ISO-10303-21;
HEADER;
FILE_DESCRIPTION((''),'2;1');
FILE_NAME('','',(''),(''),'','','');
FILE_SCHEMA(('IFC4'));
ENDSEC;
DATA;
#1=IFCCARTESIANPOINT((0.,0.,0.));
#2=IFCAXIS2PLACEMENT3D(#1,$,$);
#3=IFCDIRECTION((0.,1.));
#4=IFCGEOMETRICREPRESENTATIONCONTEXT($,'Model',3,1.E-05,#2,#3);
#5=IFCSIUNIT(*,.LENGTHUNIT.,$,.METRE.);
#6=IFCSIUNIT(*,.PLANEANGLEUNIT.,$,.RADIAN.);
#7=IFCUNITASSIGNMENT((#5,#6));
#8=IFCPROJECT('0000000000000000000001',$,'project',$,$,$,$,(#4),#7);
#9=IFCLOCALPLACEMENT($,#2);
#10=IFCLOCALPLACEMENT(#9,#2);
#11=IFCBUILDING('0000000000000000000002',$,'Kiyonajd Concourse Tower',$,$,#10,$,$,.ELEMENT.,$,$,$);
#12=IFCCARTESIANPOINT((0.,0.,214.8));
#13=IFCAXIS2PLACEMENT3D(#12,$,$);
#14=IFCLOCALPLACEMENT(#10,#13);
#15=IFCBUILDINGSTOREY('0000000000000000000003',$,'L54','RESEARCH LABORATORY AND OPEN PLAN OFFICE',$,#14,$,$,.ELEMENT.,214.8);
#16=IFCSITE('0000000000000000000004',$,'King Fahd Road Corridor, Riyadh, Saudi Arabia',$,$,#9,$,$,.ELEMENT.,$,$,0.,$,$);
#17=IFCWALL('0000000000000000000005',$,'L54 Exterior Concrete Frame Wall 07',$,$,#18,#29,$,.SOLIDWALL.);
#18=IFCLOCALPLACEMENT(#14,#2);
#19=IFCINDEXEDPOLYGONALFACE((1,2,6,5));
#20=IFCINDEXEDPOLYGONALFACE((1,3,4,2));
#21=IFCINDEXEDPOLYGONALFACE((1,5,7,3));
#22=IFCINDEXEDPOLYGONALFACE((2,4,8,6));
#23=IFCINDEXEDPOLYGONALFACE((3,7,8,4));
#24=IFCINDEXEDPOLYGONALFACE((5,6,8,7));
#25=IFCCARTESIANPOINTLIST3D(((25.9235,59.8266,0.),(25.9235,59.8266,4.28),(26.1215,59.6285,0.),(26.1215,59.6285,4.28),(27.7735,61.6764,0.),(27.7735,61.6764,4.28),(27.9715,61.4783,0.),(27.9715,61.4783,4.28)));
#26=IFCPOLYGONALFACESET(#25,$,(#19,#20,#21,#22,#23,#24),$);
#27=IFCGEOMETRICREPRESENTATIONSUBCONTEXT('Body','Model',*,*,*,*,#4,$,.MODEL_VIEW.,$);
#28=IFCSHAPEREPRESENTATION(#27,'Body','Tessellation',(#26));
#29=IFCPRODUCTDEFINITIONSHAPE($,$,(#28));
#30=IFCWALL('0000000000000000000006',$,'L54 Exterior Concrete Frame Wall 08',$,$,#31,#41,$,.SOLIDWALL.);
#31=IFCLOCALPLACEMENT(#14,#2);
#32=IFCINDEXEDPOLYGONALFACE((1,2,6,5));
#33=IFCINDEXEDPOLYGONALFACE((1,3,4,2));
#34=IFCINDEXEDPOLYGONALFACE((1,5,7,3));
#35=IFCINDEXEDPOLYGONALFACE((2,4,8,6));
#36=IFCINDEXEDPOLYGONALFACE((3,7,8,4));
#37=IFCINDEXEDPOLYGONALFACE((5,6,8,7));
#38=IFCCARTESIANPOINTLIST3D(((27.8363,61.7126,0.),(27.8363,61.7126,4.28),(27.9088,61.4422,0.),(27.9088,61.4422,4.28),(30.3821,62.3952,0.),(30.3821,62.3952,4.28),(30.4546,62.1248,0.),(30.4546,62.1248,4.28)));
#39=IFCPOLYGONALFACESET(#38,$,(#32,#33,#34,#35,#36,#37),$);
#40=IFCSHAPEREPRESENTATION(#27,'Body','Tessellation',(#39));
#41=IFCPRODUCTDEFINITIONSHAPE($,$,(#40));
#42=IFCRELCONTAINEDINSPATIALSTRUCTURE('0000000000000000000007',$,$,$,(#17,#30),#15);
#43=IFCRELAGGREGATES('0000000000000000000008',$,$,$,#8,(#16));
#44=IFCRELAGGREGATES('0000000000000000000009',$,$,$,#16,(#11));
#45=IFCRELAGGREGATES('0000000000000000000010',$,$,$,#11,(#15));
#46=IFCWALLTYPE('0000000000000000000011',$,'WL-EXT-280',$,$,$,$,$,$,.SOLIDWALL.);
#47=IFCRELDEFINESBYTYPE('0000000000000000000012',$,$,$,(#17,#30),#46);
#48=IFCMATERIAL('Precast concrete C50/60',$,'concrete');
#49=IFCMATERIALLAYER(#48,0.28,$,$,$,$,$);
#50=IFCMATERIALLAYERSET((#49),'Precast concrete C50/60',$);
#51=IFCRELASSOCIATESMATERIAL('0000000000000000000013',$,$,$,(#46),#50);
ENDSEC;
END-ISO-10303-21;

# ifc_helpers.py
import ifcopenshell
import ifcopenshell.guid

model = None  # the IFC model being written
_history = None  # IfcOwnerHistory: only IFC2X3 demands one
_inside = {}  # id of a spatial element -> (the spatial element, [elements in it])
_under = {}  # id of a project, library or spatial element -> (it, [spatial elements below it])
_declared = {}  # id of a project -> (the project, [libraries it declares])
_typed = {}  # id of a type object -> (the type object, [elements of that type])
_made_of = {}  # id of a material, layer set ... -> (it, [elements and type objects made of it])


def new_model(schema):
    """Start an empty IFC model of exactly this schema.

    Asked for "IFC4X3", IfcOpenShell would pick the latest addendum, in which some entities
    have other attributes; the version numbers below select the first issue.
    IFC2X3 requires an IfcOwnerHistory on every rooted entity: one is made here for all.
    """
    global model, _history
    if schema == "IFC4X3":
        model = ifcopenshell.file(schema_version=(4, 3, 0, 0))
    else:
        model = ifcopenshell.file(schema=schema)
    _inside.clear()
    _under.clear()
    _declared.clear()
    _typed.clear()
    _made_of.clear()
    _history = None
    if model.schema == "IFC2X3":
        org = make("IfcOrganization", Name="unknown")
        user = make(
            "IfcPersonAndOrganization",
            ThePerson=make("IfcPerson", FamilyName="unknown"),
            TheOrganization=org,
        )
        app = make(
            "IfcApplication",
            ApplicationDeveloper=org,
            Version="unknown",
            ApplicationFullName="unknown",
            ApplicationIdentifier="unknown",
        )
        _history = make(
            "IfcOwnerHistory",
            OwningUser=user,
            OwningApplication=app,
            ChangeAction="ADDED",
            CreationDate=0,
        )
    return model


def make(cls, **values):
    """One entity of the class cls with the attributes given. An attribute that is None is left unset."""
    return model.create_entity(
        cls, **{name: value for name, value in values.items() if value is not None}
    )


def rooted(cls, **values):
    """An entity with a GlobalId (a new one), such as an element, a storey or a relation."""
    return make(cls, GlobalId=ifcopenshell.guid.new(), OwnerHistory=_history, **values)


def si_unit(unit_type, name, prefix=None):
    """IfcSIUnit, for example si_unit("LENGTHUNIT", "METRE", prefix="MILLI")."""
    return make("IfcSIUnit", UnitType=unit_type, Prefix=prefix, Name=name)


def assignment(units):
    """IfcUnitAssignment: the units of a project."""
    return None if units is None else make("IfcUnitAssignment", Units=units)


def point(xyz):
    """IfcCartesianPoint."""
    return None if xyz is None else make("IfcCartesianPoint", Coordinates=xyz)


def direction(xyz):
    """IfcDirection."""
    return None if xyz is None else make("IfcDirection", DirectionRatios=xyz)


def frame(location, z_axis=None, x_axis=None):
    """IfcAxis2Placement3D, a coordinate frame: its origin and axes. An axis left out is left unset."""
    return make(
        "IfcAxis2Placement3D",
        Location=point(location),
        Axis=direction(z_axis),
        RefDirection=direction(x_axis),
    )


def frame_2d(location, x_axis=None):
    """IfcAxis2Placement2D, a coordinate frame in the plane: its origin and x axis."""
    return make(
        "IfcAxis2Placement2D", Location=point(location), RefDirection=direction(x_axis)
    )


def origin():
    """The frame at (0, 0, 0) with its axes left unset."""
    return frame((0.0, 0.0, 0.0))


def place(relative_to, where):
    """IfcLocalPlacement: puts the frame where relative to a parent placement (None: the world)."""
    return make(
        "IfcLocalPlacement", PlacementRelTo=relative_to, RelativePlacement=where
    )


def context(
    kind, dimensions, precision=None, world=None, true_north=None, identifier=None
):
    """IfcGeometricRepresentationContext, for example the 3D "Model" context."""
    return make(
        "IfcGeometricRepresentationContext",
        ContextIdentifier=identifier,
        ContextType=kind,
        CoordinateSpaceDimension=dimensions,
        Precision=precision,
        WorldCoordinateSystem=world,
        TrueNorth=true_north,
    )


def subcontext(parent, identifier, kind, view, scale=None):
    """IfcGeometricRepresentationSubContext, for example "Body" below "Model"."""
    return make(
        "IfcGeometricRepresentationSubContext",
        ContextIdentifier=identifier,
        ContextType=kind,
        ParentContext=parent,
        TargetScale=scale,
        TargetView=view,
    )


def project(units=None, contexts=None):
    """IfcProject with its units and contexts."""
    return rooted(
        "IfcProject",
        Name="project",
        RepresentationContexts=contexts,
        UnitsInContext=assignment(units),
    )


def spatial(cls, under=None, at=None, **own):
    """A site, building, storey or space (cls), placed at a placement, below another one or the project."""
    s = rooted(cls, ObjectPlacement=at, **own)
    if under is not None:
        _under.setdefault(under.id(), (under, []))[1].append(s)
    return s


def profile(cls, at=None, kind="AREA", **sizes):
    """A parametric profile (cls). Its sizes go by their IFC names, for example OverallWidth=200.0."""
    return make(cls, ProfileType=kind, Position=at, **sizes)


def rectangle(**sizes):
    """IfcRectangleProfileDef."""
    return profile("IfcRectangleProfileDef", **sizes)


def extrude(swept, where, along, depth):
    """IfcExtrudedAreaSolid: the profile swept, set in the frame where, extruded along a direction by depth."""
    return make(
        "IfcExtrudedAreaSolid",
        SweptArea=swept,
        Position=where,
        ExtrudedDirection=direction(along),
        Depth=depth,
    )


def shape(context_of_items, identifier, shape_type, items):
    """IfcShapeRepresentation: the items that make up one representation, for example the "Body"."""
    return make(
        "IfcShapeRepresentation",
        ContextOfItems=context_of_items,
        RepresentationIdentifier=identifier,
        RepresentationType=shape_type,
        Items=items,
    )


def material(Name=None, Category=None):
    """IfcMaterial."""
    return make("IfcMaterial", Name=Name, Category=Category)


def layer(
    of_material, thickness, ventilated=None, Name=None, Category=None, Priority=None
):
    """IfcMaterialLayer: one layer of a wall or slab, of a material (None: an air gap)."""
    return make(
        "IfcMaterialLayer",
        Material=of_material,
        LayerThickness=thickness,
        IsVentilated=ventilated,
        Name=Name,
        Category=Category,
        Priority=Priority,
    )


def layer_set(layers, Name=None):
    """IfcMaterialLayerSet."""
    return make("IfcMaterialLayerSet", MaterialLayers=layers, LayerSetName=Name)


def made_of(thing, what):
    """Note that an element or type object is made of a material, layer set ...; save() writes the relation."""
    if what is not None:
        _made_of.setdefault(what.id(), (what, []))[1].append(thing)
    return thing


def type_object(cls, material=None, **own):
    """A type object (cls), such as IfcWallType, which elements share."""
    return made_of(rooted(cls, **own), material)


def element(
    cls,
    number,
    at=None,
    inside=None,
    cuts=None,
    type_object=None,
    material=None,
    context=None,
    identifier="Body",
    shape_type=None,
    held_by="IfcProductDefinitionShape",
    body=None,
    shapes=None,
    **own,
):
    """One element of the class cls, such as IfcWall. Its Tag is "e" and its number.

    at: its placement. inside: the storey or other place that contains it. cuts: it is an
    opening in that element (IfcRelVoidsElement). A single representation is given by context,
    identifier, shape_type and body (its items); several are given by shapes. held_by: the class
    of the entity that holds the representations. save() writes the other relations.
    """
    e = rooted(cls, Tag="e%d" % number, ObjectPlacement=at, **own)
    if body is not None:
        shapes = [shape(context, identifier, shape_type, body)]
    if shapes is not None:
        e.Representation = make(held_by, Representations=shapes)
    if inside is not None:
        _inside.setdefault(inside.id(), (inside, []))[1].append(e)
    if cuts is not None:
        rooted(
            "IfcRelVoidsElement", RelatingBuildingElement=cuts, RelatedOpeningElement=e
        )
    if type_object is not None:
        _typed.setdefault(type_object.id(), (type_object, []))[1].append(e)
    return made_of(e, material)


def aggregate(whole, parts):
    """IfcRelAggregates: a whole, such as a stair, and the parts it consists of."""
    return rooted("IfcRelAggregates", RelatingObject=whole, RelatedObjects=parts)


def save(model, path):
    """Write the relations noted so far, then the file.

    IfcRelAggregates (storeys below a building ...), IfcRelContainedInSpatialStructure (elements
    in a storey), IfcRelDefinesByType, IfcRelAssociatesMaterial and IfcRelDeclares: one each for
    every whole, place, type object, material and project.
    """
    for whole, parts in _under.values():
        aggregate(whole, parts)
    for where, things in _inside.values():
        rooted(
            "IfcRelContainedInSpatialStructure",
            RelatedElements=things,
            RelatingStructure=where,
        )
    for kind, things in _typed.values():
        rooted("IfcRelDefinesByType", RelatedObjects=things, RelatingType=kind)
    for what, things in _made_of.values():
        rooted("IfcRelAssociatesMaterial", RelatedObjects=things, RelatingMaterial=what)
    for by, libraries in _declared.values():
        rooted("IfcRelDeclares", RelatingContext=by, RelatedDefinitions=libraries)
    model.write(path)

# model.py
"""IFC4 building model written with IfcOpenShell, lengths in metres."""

from ifc_helpers import new_model, si_unit, direction, frame, frame_2d, origin, place, context, subcontext, project, spatial, rectangle, extrude, material, layer, layer_set, type_object, element, save


model = new_model("IFC4")

# Units and contexts
model_context = context("Model", 3, precision=1e-05, world=origin(), true_north=direction((0.0, 1.0)))
body_context = subcontext(model_context, "Body", "Model", "MODEL_VIEW")
ifc_project = project(units=[si_unit("LENGTHUNIT", "METRE"), si_unit("PLANEANGLEUNIT", "RADIAN")], contexts=[model_context])

# Site, building, storey
site_placement = place(None, origin())
site = spatial("IfcSite", under=ifc_project, at=site_placement, Name="King Fahd Road Corridor, Riyadh, Saudi Arabia", CompositionType="ELEMENT", RefElevation=0.0)
building_placement = place(site_placement, origin())
building = spatial("IfcBuilding", under=site, at=building_placement, Name="Kiyonajd Concourse Tower", CompositionType="ELEMENT")
storey_placement = place(building_placement, frame((0.0, 0.0, 214.8)))
storey = spatial("IfcBuildingStorey", under=building, at=storey_placement, Name="L54", Description="RESEARCH LABORATORY AND OPEN PLAN OFFICE", CompositionType="ELEMENT", Elevation=214.8)

# Walls
ifc_material_1 = material(Name="Precast concrete C50/60", Category="concrete")
ifc_layer_1 = layer(ifc_material_1, 0.28)
ifc_layer_set_1 = layer_set([ifc_layer_1], Name="Precast concrete C50/60")
wall_type = type_object("IfcWallType", Name="WL-EXT-280", PredefinedType="SOLIDWALL", material=ifc_layer_set_1)
wall_1_placement = place(storey_placement, frame((26.0225, 59.7275, 0.0), z_axis=(0.0, 0.0, 1.0), x_axis=(0.707153, 0.70706, 0.0)))
element("IfcWall", 1, at=wall_1_placement, inside=storey, type_object=wall_type, Name="L54 Exterior Concrete Frame Wall 07", PredefinedType="SOLIDWALL", context=body_context, shape_type="SweptSolid", body=[
    extrude(rectangle(XDim=2.6162, YDim=0.28, at=frame_2d((1.3081, 0.0))), origin(), (0.0, 0.0, 1.0), 4.28),
])
wall_2_placement = place(storey_placement, frame((27.8726, 61.5774, 0.0), z_axis=(0.0, 0.0, 1.0), x_axis=(0.965884, 0.258977, 0.0)))
element("IfcWall", 2, at=wall_2_placement, inside=storey, type_object=wall_type, Name="L54 Exterior Concrete Frame Wall 08", PredefinedType="SOLIDWALL", context=body_context, shape_type="SweptSolid", body=[
    extrude(rectangle(XDim=2.6357, YDim=0.28, at=frame_2d((1.3179, 0.0))), origin(), (0.0, 0.0, 1.0), 4.28),
])

save(model, "model.ifc")
